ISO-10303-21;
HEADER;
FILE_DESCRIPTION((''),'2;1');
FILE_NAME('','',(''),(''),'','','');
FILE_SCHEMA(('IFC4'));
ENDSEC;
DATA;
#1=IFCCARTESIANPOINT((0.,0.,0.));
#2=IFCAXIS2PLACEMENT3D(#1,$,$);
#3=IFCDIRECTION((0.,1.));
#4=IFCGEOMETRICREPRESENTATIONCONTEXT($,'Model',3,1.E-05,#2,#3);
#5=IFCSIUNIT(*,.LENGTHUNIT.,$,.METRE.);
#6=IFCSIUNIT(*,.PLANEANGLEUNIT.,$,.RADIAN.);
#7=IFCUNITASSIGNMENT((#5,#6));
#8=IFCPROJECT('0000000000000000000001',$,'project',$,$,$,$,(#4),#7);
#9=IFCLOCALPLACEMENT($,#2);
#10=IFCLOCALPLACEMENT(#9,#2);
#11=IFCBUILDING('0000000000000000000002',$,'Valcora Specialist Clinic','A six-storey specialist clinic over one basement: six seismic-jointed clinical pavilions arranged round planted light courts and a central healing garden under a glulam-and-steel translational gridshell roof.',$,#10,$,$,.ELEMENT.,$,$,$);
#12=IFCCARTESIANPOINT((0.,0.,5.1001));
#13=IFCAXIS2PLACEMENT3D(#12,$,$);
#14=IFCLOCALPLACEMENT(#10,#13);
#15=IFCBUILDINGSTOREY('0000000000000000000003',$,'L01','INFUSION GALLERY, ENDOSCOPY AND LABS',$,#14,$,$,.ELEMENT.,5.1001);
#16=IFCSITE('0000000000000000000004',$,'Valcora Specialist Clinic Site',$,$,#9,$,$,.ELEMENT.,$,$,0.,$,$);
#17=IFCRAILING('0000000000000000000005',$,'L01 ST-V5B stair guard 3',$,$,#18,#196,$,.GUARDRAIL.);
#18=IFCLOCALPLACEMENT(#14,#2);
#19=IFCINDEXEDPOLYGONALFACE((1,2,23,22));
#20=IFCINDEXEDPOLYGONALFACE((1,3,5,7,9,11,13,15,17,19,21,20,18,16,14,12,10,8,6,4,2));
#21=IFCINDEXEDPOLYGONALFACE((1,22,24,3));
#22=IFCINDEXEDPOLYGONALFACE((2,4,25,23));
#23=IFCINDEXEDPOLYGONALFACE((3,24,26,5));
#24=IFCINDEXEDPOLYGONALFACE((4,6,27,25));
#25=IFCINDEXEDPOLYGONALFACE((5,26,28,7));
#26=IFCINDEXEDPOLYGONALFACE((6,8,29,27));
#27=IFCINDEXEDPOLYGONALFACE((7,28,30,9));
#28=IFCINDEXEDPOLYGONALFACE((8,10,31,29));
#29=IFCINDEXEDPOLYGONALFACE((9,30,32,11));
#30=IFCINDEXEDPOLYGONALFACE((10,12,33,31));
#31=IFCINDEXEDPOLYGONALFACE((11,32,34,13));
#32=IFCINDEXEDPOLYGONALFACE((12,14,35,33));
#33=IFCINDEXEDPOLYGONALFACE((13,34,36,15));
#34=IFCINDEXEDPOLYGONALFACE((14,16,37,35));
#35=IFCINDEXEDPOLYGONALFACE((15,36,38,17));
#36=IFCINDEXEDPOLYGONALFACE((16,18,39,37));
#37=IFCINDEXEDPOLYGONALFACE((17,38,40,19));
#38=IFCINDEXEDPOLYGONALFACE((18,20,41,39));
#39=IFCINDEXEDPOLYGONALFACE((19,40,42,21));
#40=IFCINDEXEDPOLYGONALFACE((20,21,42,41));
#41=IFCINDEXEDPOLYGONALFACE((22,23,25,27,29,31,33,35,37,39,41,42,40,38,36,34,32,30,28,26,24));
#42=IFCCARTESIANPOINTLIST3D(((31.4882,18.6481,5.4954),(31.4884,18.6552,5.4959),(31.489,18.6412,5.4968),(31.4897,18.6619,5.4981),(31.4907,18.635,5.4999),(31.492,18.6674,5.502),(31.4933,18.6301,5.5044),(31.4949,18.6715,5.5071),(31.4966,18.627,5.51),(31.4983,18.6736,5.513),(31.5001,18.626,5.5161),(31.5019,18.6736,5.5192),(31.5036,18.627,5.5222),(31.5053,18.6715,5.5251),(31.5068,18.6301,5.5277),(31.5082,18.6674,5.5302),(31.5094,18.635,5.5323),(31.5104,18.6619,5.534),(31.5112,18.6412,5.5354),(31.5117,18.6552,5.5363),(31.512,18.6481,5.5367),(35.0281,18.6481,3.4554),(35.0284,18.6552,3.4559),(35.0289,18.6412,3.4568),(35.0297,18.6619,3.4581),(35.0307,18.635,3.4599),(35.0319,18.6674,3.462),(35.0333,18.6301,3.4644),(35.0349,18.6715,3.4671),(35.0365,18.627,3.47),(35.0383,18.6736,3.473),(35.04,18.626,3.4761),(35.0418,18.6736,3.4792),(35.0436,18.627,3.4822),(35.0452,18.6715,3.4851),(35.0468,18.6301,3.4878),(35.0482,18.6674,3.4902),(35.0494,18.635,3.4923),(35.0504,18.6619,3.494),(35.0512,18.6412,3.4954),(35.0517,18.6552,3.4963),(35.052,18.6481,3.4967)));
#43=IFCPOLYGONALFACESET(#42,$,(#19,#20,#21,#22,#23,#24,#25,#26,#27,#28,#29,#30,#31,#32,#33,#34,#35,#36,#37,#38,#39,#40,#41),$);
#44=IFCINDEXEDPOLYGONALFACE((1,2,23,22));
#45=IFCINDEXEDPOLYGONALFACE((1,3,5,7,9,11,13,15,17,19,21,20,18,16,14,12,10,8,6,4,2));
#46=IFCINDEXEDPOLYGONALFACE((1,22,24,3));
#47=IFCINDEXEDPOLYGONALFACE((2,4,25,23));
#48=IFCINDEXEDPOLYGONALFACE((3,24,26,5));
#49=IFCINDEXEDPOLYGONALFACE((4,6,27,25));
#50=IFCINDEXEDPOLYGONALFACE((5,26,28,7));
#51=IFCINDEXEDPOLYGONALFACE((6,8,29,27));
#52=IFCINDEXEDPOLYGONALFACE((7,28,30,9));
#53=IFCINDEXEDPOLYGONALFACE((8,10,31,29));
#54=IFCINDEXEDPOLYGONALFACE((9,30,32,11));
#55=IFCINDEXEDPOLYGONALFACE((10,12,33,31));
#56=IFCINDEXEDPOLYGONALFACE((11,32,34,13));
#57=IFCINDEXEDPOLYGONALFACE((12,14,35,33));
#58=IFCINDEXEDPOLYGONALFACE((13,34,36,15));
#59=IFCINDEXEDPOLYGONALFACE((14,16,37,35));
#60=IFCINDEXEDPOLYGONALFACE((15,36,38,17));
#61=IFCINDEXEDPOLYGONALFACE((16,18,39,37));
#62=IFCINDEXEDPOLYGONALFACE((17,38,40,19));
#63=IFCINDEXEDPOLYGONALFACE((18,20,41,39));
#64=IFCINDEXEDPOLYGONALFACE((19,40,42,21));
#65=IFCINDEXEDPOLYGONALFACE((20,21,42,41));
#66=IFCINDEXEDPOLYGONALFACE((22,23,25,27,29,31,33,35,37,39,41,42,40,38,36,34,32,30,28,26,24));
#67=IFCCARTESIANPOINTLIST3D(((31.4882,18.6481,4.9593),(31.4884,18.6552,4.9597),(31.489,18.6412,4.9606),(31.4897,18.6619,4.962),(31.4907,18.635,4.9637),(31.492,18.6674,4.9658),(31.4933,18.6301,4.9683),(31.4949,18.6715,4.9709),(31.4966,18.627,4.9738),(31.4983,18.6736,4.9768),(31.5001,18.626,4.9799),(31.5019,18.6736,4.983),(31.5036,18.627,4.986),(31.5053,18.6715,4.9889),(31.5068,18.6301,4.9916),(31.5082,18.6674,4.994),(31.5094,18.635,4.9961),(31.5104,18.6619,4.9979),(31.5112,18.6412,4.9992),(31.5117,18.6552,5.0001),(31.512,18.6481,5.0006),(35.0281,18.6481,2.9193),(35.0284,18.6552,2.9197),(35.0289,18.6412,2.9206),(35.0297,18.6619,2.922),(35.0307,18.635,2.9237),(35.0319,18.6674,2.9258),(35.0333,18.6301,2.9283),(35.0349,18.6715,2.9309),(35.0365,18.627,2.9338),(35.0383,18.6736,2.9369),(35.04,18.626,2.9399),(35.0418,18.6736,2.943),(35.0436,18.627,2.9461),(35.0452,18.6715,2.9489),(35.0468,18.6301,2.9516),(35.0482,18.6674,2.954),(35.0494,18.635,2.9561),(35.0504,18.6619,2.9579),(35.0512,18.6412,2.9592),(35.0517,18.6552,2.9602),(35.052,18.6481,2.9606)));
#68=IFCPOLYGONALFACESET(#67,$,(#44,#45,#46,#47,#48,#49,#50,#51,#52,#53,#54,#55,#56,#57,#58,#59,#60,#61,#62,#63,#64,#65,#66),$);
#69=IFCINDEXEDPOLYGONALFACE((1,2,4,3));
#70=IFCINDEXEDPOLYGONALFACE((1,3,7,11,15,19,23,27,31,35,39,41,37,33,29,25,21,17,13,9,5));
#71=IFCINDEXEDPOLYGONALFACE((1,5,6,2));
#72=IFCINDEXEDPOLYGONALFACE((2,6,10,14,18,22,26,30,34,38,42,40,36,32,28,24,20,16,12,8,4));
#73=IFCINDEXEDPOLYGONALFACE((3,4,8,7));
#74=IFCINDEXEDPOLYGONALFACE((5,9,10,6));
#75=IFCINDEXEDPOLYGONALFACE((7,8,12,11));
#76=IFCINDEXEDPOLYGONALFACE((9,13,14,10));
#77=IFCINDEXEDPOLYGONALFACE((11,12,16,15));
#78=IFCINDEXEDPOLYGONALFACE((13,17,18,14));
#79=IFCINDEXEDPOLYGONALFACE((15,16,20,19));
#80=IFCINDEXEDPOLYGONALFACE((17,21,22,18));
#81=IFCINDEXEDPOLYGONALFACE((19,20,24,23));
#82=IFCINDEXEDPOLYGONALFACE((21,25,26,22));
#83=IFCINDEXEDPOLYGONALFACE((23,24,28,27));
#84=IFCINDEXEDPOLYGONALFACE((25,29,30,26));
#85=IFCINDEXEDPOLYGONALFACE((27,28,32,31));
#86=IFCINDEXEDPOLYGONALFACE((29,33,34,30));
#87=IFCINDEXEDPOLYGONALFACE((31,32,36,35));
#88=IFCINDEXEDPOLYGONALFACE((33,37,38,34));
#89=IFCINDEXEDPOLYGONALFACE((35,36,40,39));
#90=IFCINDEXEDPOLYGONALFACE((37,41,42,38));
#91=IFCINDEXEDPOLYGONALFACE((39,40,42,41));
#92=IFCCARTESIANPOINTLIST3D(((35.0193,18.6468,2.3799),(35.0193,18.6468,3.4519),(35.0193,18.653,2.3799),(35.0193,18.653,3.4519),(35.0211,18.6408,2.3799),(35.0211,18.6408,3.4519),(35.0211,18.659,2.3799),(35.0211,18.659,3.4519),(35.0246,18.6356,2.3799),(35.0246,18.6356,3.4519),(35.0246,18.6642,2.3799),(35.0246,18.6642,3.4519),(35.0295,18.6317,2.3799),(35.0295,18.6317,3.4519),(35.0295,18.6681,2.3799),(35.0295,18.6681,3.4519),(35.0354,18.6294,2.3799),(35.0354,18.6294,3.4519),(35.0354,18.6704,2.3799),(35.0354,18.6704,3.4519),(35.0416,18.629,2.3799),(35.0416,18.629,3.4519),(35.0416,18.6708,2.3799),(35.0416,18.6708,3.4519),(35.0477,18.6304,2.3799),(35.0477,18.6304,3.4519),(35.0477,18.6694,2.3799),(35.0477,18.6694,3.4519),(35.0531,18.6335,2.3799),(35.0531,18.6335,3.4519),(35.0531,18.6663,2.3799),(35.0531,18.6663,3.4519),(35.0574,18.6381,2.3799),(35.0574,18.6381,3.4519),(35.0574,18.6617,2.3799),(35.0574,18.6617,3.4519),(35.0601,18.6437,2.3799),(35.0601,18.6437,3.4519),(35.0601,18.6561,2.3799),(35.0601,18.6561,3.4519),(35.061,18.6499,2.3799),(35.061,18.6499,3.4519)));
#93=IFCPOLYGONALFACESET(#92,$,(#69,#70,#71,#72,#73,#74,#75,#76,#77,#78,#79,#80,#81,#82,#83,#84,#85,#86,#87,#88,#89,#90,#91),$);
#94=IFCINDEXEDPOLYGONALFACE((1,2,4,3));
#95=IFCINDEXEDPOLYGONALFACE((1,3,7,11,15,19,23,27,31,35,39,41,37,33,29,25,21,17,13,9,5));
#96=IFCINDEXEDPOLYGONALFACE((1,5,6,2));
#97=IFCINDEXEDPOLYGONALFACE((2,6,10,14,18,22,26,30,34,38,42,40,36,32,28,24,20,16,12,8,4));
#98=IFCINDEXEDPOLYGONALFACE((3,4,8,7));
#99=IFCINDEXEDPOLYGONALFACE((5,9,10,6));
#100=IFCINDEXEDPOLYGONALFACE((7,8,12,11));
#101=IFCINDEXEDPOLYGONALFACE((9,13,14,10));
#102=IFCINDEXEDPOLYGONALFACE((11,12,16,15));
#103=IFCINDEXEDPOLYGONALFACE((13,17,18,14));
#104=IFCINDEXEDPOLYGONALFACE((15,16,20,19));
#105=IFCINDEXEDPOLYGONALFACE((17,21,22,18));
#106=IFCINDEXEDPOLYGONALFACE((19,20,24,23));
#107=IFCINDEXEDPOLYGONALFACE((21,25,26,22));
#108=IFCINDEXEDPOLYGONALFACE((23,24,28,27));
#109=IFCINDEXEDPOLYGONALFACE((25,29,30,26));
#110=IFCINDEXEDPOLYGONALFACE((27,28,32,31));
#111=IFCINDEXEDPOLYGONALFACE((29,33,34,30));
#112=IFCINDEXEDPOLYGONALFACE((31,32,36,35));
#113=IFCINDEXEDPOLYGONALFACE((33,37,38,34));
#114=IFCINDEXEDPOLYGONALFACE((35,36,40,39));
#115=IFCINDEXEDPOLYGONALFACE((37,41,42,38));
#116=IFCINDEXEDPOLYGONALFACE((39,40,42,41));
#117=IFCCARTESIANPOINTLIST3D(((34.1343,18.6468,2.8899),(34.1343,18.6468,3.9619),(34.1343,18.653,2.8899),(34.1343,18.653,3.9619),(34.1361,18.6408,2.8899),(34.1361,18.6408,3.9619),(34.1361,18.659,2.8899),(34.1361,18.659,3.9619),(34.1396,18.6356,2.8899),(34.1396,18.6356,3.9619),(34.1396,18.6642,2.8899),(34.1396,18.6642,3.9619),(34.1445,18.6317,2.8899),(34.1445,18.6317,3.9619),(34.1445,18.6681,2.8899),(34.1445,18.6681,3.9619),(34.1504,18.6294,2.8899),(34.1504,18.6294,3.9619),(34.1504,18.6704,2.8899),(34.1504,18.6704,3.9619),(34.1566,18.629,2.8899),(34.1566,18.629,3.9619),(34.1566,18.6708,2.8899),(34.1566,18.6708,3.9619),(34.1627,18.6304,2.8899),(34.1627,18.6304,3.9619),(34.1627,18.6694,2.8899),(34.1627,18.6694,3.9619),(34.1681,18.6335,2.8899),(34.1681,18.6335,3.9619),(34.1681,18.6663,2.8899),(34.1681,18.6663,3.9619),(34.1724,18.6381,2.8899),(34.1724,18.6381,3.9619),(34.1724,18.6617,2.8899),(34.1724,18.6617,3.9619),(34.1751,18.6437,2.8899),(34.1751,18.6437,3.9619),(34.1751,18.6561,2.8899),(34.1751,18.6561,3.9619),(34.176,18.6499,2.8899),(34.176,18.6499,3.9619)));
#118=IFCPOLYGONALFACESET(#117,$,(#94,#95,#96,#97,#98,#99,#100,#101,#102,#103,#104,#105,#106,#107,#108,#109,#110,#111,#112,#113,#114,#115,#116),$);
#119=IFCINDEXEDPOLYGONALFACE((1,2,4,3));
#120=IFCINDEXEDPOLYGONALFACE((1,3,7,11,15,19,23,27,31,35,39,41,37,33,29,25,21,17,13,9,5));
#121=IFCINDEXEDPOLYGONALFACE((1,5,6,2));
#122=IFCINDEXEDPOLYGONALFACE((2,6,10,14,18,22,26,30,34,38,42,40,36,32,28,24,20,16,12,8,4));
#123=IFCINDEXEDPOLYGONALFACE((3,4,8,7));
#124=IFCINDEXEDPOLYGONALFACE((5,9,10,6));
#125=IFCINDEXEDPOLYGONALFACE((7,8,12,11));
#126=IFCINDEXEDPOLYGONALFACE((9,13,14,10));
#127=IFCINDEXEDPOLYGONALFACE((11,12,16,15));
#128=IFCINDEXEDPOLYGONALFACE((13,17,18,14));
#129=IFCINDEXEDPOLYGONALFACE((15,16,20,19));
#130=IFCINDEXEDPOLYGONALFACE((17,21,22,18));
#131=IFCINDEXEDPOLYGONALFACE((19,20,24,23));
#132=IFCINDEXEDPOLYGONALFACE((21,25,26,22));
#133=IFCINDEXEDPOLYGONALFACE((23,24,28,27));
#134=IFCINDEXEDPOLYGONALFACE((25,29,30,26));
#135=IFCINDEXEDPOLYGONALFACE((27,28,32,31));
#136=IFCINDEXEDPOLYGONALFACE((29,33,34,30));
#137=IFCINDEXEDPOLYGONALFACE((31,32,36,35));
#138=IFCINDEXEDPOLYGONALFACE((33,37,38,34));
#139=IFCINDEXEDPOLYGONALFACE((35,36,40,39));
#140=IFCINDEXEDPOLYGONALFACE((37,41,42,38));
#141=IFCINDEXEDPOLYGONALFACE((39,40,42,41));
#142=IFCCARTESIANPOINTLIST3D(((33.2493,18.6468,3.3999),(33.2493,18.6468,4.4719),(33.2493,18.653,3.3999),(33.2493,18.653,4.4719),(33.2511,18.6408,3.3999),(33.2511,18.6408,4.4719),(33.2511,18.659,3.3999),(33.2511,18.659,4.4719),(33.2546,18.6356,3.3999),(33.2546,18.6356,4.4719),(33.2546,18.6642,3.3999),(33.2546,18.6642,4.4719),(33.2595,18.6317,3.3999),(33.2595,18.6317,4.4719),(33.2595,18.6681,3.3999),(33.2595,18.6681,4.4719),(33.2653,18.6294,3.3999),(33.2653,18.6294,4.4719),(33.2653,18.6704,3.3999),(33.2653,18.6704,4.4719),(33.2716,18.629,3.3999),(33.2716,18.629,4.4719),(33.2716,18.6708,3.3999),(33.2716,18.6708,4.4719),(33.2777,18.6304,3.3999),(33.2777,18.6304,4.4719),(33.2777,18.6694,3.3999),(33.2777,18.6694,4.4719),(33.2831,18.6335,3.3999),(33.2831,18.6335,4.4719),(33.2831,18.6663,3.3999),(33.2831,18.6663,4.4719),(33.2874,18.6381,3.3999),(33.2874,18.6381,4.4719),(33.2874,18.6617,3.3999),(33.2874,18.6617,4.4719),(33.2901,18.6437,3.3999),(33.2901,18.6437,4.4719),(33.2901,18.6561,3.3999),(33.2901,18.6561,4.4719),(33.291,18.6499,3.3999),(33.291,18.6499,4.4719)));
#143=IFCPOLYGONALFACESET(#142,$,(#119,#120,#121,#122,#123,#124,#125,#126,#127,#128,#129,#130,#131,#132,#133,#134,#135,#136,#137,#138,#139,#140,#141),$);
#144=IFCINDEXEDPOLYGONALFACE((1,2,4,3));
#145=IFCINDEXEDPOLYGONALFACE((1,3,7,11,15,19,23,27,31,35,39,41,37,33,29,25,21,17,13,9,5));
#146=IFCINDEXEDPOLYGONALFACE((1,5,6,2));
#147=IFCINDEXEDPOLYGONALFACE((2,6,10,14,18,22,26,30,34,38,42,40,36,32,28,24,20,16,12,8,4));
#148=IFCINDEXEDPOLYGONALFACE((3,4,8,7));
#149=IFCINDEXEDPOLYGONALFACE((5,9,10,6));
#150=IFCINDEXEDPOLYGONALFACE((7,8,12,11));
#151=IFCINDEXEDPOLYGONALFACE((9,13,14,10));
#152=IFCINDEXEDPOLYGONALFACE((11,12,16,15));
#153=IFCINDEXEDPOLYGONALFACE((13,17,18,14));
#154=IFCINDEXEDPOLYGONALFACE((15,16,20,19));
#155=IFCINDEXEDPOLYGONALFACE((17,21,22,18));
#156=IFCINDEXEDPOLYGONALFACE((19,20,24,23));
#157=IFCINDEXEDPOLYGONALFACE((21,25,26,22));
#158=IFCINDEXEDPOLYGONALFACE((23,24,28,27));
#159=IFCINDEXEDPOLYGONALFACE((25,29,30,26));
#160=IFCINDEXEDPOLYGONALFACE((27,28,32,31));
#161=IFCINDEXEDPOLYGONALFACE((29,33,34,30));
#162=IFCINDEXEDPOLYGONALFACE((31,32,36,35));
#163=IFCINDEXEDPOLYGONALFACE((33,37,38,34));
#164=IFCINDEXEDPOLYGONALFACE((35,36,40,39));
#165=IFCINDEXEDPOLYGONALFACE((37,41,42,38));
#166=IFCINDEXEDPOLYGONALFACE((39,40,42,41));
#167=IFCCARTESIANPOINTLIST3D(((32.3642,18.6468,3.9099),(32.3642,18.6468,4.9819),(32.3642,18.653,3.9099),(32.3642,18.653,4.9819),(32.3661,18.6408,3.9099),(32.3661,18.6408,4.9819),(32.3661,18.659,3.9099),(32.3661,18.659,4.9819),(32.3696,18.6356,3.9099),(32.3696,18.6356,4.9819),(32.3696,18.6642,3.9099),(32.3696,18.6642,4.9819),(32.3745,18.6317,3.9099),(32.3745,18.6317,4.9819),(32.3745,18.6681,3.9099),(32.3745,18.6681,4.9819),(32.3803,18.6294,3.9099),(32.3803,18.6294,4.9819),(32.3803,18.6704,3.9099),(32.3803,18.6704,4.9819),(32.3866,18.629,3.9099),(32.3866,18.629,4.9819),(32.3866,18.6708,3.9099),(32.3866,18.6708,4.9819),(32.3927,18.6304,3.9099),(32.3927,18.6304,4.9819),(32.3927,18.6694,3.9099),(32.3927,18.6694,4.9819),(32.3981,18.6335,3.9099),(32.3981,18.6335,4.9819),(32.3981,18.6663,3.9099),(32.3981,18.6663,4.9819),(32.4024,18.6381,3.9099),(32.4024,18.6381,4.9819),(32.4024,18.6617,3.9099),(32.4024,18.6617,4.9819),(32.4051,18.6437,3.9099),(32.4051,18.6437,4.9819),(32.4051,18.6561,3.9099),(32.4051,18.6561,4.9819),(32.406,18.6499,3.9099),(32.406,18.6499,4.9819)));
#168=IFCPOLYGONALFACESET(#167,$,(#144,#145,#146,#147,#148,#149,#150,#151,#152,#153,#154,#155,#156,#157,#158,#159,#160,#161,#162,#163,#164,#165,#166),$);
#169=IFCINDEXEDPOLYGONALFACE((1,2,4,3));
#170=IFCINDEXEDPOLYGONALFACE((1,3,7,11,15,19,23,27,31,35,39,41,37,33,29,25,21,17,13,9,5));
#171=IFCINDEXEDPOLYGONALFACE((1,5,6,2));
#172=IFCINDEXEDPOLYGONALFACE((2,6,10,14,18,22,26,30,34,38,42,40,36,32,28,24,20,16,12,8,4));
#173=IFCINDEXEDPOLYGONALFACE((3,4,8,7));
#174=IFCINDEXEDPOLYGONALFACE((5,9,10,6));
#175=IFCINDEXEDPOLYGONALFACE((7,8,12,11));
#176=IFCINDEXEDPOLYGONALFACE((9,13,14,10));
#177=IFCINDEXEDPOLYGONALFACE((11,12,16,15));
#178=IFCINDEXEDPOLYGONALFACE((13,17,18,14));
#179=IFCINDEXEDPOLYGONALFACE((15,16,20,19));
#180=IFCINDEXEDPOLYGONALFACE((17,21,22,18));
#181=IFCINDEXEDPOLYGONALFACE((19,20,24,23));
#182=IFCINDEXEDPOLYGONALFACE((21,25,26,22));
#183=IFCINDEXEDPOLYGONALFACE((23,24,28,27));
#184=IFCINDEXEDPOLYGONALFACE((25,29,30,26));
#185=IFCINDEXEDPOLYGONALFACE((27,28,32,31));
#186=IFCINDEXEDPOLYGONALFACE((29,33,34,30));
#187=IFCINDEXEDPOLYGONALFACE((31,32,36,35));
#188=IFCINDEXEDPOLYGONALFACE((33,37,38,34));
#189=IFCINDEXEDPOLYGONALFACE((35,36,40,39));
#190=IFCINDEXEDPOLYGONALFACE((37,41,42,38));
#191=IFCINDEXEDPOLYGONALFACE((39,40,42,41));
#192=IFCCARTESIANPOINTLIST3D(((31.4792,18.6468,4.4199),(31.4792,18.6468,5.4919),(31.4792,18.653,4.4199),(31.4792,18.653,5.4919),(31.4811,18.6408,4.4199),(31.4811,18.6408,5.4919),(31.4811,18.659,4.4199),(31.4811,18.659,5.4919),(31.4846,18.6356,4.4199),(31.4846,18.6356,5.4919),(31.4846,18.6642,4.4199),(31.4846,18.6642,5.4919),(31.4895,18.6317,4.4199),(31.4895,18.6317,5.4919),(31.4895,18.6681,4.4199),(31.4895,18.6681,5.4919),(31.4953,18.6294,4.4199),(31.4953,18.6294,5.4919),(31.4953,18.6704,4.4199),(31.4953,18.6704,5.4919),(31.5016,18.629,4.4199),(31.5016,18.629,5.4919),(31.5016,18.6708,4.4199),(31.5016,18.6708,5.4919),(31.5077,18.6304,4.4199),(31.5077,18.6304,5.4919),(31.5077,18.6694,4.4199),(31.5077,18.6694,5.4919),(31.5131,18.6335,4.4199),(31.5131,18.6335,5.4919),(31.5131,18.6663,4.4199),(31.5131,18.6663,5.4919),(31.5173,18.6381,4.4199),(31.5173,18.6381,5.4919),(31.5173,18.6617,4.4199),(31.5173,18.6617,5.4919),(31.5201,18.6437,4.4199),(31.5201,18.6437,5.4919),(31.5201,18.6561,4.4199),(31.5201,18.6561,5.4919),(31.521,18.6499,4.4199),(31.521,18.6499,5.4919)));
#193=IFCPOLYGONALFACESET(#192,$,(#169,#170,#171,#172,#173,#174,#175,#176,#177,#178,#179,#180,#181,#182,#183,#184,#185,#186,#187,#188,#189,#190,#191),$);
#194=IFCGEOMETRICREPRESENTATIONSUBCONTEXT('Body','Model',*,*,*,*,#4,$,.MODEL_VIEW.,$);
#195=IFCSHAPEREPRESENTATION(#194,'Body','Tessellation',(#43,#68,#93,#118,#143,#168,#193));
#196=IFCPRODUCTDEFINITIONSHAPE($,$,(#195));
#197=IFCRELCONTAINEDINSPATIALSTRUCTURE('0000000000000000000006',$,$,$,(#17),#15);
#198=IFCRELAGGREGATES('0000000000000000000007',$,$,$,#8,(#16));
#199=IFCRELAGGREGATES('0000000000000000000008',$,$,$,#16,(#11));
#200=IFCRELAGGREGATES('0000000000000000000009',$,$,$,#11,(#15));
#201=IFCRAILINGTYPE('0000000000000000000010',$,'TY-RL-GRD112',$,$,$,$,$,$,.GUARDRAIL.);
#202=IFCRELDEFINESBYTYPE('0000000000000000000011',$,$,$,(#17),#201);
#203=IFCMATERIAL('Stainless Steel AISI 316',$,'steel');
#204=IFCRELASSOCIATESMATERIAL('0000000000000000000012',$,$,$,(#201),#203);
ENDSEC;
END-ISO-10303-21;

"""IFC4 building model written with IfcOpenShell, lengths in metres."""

from ifc_helpers import new_model, si_unit, direction, frame, origin, origin_2d, place, context, subcontext, project, spatial, circle, extrude, material, type_object, element, save


model = new_model("IFC4")

# Units and contexts
model_context = context("Model", 3, precision=1e-05, world=origin(), true_north=direction((0.0, 1.0)))
body_context = subcontext(model_context, "Body", "Model", "MODEL_VIEW")
ifc_project = project(units=[si_unit("LENGTHUNIT", "METRE"), si_unit("PLANEANGLEUNIT", "RADIAN")], contexts=[model_context])

# Site, building, storey
site_placement = place(None, origin())
site = spatial("IfcSite", under=ifc_project, at=site_placement, Name="Valcora Specialist Clinic Site", CompositionType="ELEMENT", RefElevation=0.0)
building_placement = place(site_placement, origin())
building = spatial("IfcBuilding", under=site, at=building_placement, Name="Valcora Specialist Clinic", Description="A six-storey specialist clinic over one basement: six seismic-jointed clinical pavilions arranged round planted light courts and a central healing garden under a glulam-and-steel translational gridshell roof.", CompositionType="ELEMENT")
storey_placement = place(building_placement, frame((0.0, 0.0, 5.1001)))
storey = spatial("IfcBuildingStorey", under=building, at=storey_placement, Name="L01", Description="INFUSION GALLERY, ENDOSCOPY AND LABS", CompositionType="ELEMENT", Elevation=5.1001)

# Shared definitions
ifc_material_1 = material(Name="Stainless Steel AISI 316", Category="steel")

# Railing
railing_type_1 = type_object("IfcRailingType", Name="TY-RL-GRD112", PredefinedType="GUARDRAIL", material=ifc_material_1)
railing_1_placement = place(storey_placement, frame((35.04, 18.6499, 2.3799)))
element("IfcRailing", 1, at=railing_1_placement, inside=storey, type_object=railing_type_1, Name="L01 ST-V5B stair guard 3", PredefinedType="GUARDRAIL", context=body_context, shape_type="SweptSolid", body=[
    extrude(circle(Radius=0.0239, at=origin_2d()), frame((0.0, 0.0, 1.0962), z_axis=(-0.866428, 0.0, 0.499302), x_axis=(0.0, -1.0, 0.0)), (0.0, 0.0, 1.0), 4.0857),
    extrude(circle(Radius=0.0239, at=origin_2d()), frame((0.0, 0.0, 0.5601), z_axis=(-0.866428, 0.0, 0.499302), x_axis=(0.0, -1.0, 0.0)), (0.0, 0.0, 1.0), 4.0857),
    extrude(circle(Radius=0.021, at=origin_2d()), origin(), (0.0, 0.0, 1.0), 1.072),
    extrude(circle(Radius=0.021, at=origin_2d()), frame((-0.885, 0.0, 0.51)), (0.0, 0.0, 1.0), 1.072),
    extrude(circle(Radius=0.021, at=origin_2d()), frame((-1.77, 0.0, 1.02)), (0.0, 0.0, 1.0), 1.072),
    extrude(circle(Radius=0.021, at=origin_2d()), frame((-2.655, 0.0, 1.53)), (0.0, 0.0, 1.0), 1.072),
    extrude(circle(Radius=0.021, at=origin_2d()), frame((-3.54, 0.0, 2.04)), (0.0, 0.0, 1.0), 1.072),
])

save(model, "model.ifc")
